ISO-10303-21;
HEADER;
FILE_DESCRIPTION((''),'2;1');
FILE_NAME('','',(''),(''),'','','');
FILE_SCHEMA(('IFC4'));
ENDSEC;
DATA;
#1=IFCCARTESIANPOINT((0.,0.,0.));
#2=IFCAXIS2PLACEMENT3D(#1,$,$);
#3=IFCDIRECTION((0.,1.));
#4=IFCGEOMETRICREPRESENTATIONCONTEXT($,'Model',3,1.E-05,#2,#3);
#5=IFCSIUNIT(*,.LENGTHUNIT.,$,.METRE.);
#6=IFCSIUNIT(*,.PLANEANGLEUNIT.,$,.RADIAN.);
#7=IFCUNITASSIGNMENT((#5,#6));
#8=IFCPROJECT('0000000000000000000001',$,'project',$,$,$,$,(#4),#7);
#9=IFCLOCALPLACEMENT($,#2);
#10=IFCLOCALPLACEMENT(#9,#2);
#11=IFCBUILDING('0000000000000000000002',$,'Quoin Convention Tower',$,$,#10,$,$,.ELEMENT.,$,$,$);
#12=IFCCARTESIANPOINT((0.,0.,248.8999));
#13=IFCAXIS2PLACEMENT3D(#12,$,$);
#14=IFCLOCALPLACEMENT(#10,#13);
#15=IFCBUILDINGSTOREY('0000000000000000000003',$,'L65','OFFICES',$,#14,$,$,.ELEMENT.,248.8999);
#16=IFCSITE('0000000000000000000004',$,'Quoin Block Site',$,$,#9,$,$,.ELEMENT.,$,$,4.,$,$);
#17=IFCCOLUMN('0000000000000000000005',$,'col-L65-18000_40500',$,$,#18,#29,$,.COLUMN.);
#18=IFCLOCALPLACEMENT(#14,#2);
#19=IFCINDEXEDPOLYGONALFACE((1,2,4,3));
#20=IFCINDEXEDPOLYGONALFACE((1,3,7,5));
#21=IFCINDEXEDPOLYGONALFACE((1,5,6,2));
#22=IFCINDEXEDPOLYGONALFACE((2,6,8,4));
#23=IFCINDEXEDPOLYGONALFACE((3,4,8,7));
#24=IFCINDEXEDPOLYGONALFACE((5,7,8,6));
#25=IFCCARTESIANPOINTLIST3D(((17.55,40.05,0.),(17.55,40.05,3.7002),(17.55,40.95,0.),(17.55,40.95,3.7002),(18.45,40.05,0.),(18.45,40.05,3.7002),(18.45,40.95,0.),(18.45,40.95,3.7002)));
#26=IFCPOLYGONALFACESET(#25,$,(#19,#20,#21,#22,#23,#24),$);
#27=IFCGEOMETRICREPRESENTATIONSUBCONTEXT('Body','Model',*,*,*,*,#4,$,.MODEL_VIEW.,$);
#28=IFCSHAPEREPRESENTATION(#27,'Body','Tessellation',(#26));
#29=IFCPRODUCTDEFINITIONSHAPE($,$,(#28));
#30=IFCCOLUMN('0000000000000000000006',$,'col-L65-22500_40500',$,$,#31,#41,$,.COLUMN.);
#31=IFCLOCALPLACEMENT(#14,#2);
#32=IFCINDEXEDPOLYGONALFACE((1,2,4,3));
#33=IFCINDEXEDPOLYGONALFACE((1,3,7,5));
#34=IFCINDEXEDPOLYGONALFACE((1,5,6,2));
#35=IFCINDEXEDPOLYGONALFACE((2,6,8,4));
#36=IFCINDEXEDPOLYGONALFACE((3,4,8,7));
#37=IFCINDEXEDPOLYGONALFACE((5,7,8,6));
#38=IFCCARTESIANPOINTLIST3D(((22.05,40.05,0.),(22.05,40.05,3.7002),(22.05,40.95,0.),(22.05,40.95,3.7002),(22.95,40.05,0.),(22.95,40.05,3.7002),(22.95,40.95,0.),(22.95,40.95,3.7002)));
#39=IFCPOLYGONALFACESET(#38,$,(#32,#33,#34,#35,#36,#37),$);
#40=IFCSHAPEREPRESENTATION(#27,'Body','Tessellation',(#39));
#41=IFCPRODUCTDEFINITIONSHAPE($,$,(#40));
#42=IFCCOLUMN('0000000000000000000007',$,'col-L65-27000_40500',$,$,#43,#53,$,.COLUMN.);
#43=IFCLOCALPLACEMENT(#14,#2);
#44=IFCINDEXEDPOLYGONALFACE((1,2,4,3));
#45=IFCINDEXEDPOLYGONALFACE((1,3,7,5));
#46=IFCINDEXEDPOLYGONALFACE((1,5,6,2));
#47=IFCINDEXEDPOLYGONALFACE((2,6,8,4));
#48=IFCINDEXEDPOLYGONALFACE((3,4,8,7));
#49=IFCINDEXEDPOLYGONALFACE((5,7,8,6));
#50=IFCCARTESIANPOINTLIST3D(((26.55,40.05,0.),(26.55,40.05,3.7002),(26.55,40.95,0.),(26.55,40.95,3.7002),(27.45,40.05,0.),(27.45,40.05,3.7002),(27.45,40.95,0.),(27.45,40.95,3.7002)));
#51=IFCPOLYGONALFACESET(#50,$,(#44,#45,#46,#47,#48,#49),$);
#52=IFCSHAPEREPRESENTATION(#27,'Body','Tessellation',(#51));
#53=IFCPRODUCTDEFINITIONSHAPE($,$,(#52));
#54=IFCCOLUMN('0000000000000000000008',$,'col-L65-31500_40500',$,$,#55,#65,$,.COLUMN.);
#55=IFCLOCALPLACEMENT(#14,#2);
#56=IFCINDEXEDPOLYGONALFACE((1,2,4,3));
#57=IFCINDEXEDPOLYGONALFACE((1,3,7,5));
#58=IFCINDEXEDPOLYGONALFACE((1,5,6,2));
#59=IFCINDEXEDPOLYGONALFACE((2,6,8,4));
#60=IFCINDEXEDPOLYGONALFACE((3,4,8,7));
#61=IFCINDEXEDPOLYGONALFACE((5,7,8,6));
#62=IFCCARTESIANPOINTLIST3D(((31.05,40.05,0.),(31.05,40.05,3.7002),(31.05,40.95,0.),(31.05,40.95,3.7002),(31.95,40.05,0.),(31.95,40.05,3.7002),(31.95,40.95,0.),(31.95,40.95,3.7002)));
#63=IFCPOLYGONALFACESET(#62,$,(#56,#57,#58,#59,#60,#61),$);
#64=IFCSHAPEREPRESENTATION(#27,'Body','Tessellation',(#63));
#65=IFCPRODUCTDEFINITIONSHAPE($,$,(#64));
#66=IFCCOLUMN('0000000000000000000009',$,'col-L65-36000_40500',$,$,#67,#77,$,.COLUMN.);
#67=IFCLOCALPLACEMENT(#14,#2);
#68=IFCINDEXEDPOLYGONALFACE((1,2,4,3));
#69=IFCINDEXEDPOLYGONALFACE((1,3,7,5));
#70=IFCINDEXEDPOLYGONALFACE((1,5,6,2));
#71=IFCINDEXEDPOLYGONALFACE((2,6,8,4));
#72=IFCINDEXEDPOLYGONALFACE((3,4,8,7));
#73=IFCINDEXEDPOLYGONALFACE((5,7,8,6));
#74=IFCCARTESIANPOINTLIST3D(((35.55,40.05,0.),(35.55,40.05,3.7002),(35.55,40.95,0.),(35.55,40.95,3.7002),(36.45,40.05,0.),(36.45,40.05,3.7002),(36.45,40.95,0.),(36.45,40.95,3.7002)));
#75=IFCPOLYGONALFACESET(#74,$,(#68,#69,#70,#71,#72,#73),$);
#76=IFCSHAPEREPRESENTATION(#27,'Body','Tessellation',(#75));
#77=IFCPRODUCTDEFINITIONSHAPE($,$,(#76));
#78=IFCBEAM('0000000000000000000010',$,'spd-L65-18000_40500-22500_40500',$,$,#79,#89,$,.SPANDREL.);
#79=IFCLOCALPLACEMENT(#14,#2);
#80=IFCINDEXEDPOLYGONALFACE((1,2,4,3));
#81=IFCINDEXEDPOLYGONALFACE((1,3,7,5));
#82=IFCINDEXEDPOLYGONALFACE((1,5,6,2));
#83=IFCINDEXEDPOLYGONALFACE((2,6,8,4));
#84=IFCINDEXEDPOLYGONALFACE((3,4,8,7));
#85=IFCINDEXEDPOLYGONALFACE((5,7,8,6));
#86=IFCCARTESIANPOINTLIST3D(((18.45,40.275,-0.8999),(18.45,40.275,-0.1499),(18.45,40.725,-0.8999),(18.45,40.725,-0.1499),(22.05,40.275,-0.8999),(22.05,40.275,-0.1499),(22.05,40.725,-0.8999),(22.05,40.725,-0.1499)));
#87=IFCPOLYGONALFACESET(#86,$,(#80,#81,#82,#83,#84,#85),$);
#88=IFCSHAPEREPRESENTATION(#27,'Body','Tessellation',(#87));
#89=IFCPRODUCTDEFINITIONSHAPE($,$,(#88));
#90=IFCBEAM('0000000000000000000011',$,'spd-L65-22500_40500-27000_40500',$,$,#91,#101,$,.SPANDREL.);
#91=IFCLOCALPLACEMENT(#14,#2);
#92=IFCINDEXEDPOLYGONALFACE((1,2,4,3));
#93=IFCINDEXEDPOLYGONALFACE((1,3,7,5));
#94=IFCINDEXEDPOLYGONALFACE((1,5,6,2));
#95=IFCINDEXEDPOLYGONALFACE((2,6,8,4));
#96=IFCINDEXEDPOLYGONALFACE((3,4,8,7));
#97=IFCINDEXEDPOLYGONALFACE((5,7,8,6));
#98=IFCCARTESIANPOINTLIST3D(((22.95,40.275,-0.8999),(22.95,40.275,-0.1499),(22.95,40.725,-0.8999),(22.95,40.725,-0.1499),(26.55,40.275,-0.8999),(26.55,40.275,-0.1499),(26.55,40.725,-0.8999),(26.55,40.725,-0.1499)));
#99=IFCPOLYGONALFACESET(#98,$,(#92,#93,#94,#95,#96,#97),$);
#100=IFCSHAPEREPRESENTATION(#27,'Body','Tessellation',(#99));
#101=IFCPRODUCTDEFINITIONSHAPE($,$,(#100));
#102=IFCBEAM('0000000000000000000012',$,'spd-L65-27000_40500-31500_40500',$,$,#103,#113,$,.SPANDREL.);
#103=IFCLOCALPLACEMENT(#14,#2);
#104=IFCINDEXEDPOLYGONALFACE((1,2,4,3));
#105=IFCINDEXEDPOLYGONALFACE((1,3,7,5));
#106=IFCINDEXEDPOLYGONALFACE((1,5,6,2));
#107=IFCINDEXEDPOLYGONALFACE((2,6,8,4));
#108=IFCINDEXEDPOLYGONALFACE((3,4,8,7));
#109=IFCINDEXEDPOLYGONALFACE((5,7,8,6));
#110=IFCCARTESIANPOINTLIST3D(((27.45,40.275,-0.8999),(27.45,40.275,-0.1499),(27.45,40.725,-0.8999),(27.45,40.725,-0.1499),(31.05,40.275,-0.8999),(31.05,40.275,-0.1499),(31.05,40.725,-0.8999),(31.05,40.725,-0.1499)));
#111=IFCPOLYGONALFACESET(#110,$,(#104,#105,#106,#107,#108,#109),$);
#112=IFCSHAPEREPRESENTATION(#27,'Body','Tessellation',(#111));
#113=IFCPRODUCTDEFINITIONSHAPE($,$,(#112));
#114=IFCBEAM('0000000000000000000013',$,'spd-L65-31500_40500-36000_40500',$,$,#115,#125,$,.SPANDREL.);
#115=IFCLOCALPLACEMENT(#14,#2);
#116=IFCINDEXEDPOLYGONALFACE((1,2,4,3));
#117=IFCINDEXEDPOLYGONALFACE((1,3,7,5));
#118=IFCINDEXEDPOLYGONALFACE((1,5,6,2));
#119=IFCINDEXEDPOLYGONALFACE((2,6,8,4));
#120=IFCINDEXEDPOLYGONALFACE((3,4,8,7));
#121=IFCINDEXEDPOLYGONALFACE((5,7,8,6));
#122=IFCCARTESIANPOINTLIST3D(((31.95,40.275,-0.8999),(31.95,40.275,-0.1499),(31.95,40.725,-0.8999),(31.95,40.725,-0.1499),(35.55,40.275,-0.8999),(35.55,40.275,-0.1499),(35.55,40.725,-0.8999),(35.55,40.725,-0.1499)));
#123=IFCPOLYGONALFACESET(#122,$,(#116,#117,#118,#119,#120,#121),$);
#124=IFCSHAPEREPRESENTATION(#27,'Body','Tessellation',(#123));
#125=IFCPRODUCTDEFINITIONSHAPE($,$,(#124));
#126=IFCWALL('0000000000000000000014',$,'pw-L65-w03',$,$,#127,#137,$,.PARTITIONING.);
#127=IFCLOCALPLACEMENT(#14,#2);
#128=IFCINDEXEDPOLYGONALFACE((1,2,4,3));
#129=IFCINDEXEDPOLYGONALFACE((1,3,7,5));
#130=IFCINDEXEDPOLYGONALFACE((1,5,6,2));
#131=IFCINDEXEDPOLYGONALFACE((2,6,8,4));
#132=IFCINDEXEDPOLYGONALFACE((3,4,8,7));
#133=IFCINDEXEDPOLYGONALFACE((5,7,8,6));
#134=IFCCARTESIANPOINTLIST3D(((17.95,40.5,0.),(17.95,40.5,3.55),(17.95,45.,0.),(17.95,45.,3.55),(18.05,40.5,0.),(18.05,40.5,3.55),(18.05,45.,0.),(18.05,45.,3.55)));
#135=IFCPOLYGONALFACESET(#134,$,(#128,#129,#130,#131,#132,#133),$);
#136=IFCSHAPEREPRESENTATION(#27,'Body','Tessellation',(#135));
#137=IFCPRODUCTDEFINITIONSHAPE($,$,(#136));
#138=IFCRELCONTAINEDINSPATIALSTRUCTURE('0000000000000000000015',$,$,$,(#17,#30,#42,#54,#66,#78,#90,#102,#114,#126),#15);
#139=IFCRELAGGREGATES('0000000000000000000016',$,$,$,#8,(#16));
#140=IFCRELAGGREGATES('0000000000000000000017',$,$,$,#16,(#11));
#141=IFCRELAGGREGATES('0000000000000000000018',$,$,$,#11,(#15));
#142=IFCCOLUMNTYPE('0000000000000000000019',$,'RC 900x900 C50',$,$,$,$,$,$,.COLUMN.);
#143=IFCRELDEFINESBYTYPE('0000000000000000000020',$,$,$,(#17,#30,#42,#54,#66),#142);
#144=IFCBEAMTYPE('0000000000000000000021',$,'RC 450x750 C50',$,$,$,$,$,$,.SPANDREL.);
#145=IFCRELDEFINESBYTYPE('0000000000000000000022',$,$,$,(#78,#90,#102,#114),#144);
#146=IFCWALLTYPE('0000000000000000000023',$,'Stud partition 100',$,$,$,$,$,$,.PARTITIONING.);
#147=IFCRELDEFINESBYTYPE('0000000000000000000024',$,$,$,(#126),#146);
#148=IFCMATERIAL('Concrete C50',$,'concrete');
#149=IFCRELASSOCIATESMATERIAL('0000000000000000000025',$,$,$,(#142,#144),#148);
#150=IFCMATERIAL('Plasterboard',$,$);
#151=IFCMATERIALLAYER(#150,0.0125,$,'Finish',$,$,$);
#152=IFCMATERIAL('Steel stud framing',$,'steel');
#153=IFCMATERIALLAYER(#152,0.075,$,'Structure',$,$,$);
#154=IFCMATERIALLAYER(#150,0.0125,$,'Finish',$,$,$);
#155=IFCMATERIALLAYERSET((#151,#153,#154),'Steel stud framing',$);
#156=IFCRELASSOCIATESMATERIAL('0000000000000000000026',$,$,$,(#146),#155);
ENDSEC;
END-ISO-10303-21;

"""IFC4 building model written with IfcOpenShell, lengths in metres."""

from ifc_helpers import new_model, si_unit, direction, frame, frame_2d, origin, origin_2d, place, context, subcontext, project, spatial, rectangle, extrude, material, layer, layer_set, material_profile, profile_set, type_object, element, save


model = new_model("IFC4")

# Units and contexts
model_context = context("Model", 3, precision=1e-05, world=origin(), true_north=direction((0.0, 1.0)))
body_context = subcontext(model_context, "Body", "Model", "MODEL_VIEW")
ifc_project = project(units=[si_unit("LENGTHUNIT", "METRE"), si_unit("PLANEANGLEUNIT", "RADIAN")], contexts=[model_context])

# Site, building, storey
site_placement = place(None, origin())
site = spatial("IfcSite", under=ifc_project, at=site_placement, Name="Quoin Block Site", CompositionType="ELEMENT", RefElevation=4.0)
building_placement = place(site_placement, origin())
building = spatial("IfcBuilding", under=site, at=building_placement, Name="Quoin Convention Tower", CompositionType="ELEMENT")
storey_placement = place(building_placement, frame((0.0, 0.0, 248.8999)))
storey = spatial("IfcBuildingStorey", under=building, at=storey_placement, Name="L65", Description="OFFICES", CompositionType="ELEMENT", Elevation=248.8999)

# Columns
ifc_material_1 = material(Name="Concrete C50", Category="concrete")
ifc_material_profile_1 = material_profile(ifc_material_1, rectangle(XDim=0.8999, YDim=0.8999, at=origin_2d()), Name="RC 900x900")
ifc_profile_set_1 = profile_set([ifc_material_profile_1], Name="Concrete C50")
column_type = type_object("IfcColumnType", Name="RC 900x900 C50", PredefinedType="COLUMN", material=ifc_profile_set_1)
for number, where, z_axis, x_axis, name in (
    (1, (18.0, 40.5, 0.0), (0.0, 0.0, 1.0), (1.0, 0.0, 0.0), "col-L65-18000_40500"),
    (2, (22.5, 40.5, 0.0), (0.0, 0.0, 1.0), (1.0, 0.0, 0.0), "col-L65-22500_40500"),
    (3, (27.0, 40.5, 0.0), (0.0, 0.0, 1.0), (1.0, 0.0, 0.0), "col-L65-27000_40500"),
    (4, (31.5, 40.5, 0.0), (0.0, 0.0, 1.0), (1.0, 0.0, 0.0), "col-L65-31500_40500"),
    (5, (36.0, 40.5, 0.0), (0.0, 0.0, 1.0), (1.0, 0.0, 0.0), "col-L65-36000_40500"),
):
    element("IfcColumn", number, at=place(storey_placement, frame(where, z_axis=z_axis, x_axis=x_axis)), inside=storey, type_object=column_type, Name=name, PredefinedType="COLUMN", context=body_context, shape_type="SweptSolid", body=[
        extrude(rectangle(XDim=0.8999, YDim=0.8999, at=origin_2d()), origin(), (0.0, 0.0, 1.0), 3.7002),
    ])

# Beams
ifc_material_profile_2 = material_profile(ifc_material_1, rectangle(XDim=0.45, YDim=0.75, at=origin_2d()), Name="RC 450x750")
ifc_profile_set_2 = profile_set([ifc_material_profile_2], Name="Concrete C50")
beam_type = type_object("IfcBeamType", Name="RC 450x750 C50", PredefinedType="SPANDREL", material=ifc_profile_set_2)
for number, where, z_axis, x_axis, name in (
    (6, (18.45, 40.5, -0.5249), (1.0, 0.0, 0.0), (0.0, 1.0, 0.0), "spd-L65-18000_40500-22500_40500"),
    (7, (22.95, 40.5, -0.5249), (1.0, 0.0, 0.0), (0.0, 1.0, 0.0), "spd-L65-22500_40500-27000_40500"),
    (8, (27.45, 40.5, -0.5249), (1.0, 0.0, 0.0), (0.0, 1.0, 0.0), "spd-L65-27000_40500-31500_40500"),
    (9, (31.95, 40.5, -0.5249), (1.0, 0.0, 0.0), (0.0, 1.0, 0.0), "spd-L65-31500_40500-36000_40500"),
):
    element("IfcBeam", number, at=place(storey_placement, frame(where, z_axis=z_axis, x_axis=x_axis)), inside=storey, type_object=beam_type, Name=name, PredefinedType="SPANDREL", context=body_context, shape_type="SweptSolid", body=[
        extrude(rectangle(XDim=0.45, YDim=0.75, at=origin_2d()), origin(), (0.0, 0.0, 1.0), 3.6001),
    ])

# Wall
ifc_material_2 = material(Name="Plasterboard")
ifc_layer_1 = layer(ifc_material_2, 0.0125, Name="Finish")
ifc_material_3 = material(Name="Steel stud framing", Category="steel")
ifc_layer_2 = layer(ifc_material_3, 0.075, Name="Structure")
ifc_layer_3 = layer(ifc_material_2, 0.0125, Name="Finish")
ifc_layer_set = layer_set([ifc_layer_1, ifc_layer_2, ifc_layer_3], Name="Steel stud framing")
wall_type = type_object("IfcWallType", Name="Stud partition 100", PredefinedType="PARTITIONING", material=ifc_layer_set)
wall_placement = place(storey_placement, frame((18.0, 40.5, 0.0), z_axis=(0.0, 0.0, 1.0), x_axis=(0.0, 1.0, 0.0)))
element("IfcWall", 10, at=wall_placement, inside=storey, type_object=wall_type, Name="pw-L65-w03", PredefinedType="PARTITIONING", context=body_context, shape_type="SweptSolid", body=[
    extrude(rectangle(XDim=4.5, YDim=0.1001, at=frame_2d((2.25, 0.0))), origin(), (0.0, 0.0, 1.0), 3.55),
])

save(model, "model.ifc")
